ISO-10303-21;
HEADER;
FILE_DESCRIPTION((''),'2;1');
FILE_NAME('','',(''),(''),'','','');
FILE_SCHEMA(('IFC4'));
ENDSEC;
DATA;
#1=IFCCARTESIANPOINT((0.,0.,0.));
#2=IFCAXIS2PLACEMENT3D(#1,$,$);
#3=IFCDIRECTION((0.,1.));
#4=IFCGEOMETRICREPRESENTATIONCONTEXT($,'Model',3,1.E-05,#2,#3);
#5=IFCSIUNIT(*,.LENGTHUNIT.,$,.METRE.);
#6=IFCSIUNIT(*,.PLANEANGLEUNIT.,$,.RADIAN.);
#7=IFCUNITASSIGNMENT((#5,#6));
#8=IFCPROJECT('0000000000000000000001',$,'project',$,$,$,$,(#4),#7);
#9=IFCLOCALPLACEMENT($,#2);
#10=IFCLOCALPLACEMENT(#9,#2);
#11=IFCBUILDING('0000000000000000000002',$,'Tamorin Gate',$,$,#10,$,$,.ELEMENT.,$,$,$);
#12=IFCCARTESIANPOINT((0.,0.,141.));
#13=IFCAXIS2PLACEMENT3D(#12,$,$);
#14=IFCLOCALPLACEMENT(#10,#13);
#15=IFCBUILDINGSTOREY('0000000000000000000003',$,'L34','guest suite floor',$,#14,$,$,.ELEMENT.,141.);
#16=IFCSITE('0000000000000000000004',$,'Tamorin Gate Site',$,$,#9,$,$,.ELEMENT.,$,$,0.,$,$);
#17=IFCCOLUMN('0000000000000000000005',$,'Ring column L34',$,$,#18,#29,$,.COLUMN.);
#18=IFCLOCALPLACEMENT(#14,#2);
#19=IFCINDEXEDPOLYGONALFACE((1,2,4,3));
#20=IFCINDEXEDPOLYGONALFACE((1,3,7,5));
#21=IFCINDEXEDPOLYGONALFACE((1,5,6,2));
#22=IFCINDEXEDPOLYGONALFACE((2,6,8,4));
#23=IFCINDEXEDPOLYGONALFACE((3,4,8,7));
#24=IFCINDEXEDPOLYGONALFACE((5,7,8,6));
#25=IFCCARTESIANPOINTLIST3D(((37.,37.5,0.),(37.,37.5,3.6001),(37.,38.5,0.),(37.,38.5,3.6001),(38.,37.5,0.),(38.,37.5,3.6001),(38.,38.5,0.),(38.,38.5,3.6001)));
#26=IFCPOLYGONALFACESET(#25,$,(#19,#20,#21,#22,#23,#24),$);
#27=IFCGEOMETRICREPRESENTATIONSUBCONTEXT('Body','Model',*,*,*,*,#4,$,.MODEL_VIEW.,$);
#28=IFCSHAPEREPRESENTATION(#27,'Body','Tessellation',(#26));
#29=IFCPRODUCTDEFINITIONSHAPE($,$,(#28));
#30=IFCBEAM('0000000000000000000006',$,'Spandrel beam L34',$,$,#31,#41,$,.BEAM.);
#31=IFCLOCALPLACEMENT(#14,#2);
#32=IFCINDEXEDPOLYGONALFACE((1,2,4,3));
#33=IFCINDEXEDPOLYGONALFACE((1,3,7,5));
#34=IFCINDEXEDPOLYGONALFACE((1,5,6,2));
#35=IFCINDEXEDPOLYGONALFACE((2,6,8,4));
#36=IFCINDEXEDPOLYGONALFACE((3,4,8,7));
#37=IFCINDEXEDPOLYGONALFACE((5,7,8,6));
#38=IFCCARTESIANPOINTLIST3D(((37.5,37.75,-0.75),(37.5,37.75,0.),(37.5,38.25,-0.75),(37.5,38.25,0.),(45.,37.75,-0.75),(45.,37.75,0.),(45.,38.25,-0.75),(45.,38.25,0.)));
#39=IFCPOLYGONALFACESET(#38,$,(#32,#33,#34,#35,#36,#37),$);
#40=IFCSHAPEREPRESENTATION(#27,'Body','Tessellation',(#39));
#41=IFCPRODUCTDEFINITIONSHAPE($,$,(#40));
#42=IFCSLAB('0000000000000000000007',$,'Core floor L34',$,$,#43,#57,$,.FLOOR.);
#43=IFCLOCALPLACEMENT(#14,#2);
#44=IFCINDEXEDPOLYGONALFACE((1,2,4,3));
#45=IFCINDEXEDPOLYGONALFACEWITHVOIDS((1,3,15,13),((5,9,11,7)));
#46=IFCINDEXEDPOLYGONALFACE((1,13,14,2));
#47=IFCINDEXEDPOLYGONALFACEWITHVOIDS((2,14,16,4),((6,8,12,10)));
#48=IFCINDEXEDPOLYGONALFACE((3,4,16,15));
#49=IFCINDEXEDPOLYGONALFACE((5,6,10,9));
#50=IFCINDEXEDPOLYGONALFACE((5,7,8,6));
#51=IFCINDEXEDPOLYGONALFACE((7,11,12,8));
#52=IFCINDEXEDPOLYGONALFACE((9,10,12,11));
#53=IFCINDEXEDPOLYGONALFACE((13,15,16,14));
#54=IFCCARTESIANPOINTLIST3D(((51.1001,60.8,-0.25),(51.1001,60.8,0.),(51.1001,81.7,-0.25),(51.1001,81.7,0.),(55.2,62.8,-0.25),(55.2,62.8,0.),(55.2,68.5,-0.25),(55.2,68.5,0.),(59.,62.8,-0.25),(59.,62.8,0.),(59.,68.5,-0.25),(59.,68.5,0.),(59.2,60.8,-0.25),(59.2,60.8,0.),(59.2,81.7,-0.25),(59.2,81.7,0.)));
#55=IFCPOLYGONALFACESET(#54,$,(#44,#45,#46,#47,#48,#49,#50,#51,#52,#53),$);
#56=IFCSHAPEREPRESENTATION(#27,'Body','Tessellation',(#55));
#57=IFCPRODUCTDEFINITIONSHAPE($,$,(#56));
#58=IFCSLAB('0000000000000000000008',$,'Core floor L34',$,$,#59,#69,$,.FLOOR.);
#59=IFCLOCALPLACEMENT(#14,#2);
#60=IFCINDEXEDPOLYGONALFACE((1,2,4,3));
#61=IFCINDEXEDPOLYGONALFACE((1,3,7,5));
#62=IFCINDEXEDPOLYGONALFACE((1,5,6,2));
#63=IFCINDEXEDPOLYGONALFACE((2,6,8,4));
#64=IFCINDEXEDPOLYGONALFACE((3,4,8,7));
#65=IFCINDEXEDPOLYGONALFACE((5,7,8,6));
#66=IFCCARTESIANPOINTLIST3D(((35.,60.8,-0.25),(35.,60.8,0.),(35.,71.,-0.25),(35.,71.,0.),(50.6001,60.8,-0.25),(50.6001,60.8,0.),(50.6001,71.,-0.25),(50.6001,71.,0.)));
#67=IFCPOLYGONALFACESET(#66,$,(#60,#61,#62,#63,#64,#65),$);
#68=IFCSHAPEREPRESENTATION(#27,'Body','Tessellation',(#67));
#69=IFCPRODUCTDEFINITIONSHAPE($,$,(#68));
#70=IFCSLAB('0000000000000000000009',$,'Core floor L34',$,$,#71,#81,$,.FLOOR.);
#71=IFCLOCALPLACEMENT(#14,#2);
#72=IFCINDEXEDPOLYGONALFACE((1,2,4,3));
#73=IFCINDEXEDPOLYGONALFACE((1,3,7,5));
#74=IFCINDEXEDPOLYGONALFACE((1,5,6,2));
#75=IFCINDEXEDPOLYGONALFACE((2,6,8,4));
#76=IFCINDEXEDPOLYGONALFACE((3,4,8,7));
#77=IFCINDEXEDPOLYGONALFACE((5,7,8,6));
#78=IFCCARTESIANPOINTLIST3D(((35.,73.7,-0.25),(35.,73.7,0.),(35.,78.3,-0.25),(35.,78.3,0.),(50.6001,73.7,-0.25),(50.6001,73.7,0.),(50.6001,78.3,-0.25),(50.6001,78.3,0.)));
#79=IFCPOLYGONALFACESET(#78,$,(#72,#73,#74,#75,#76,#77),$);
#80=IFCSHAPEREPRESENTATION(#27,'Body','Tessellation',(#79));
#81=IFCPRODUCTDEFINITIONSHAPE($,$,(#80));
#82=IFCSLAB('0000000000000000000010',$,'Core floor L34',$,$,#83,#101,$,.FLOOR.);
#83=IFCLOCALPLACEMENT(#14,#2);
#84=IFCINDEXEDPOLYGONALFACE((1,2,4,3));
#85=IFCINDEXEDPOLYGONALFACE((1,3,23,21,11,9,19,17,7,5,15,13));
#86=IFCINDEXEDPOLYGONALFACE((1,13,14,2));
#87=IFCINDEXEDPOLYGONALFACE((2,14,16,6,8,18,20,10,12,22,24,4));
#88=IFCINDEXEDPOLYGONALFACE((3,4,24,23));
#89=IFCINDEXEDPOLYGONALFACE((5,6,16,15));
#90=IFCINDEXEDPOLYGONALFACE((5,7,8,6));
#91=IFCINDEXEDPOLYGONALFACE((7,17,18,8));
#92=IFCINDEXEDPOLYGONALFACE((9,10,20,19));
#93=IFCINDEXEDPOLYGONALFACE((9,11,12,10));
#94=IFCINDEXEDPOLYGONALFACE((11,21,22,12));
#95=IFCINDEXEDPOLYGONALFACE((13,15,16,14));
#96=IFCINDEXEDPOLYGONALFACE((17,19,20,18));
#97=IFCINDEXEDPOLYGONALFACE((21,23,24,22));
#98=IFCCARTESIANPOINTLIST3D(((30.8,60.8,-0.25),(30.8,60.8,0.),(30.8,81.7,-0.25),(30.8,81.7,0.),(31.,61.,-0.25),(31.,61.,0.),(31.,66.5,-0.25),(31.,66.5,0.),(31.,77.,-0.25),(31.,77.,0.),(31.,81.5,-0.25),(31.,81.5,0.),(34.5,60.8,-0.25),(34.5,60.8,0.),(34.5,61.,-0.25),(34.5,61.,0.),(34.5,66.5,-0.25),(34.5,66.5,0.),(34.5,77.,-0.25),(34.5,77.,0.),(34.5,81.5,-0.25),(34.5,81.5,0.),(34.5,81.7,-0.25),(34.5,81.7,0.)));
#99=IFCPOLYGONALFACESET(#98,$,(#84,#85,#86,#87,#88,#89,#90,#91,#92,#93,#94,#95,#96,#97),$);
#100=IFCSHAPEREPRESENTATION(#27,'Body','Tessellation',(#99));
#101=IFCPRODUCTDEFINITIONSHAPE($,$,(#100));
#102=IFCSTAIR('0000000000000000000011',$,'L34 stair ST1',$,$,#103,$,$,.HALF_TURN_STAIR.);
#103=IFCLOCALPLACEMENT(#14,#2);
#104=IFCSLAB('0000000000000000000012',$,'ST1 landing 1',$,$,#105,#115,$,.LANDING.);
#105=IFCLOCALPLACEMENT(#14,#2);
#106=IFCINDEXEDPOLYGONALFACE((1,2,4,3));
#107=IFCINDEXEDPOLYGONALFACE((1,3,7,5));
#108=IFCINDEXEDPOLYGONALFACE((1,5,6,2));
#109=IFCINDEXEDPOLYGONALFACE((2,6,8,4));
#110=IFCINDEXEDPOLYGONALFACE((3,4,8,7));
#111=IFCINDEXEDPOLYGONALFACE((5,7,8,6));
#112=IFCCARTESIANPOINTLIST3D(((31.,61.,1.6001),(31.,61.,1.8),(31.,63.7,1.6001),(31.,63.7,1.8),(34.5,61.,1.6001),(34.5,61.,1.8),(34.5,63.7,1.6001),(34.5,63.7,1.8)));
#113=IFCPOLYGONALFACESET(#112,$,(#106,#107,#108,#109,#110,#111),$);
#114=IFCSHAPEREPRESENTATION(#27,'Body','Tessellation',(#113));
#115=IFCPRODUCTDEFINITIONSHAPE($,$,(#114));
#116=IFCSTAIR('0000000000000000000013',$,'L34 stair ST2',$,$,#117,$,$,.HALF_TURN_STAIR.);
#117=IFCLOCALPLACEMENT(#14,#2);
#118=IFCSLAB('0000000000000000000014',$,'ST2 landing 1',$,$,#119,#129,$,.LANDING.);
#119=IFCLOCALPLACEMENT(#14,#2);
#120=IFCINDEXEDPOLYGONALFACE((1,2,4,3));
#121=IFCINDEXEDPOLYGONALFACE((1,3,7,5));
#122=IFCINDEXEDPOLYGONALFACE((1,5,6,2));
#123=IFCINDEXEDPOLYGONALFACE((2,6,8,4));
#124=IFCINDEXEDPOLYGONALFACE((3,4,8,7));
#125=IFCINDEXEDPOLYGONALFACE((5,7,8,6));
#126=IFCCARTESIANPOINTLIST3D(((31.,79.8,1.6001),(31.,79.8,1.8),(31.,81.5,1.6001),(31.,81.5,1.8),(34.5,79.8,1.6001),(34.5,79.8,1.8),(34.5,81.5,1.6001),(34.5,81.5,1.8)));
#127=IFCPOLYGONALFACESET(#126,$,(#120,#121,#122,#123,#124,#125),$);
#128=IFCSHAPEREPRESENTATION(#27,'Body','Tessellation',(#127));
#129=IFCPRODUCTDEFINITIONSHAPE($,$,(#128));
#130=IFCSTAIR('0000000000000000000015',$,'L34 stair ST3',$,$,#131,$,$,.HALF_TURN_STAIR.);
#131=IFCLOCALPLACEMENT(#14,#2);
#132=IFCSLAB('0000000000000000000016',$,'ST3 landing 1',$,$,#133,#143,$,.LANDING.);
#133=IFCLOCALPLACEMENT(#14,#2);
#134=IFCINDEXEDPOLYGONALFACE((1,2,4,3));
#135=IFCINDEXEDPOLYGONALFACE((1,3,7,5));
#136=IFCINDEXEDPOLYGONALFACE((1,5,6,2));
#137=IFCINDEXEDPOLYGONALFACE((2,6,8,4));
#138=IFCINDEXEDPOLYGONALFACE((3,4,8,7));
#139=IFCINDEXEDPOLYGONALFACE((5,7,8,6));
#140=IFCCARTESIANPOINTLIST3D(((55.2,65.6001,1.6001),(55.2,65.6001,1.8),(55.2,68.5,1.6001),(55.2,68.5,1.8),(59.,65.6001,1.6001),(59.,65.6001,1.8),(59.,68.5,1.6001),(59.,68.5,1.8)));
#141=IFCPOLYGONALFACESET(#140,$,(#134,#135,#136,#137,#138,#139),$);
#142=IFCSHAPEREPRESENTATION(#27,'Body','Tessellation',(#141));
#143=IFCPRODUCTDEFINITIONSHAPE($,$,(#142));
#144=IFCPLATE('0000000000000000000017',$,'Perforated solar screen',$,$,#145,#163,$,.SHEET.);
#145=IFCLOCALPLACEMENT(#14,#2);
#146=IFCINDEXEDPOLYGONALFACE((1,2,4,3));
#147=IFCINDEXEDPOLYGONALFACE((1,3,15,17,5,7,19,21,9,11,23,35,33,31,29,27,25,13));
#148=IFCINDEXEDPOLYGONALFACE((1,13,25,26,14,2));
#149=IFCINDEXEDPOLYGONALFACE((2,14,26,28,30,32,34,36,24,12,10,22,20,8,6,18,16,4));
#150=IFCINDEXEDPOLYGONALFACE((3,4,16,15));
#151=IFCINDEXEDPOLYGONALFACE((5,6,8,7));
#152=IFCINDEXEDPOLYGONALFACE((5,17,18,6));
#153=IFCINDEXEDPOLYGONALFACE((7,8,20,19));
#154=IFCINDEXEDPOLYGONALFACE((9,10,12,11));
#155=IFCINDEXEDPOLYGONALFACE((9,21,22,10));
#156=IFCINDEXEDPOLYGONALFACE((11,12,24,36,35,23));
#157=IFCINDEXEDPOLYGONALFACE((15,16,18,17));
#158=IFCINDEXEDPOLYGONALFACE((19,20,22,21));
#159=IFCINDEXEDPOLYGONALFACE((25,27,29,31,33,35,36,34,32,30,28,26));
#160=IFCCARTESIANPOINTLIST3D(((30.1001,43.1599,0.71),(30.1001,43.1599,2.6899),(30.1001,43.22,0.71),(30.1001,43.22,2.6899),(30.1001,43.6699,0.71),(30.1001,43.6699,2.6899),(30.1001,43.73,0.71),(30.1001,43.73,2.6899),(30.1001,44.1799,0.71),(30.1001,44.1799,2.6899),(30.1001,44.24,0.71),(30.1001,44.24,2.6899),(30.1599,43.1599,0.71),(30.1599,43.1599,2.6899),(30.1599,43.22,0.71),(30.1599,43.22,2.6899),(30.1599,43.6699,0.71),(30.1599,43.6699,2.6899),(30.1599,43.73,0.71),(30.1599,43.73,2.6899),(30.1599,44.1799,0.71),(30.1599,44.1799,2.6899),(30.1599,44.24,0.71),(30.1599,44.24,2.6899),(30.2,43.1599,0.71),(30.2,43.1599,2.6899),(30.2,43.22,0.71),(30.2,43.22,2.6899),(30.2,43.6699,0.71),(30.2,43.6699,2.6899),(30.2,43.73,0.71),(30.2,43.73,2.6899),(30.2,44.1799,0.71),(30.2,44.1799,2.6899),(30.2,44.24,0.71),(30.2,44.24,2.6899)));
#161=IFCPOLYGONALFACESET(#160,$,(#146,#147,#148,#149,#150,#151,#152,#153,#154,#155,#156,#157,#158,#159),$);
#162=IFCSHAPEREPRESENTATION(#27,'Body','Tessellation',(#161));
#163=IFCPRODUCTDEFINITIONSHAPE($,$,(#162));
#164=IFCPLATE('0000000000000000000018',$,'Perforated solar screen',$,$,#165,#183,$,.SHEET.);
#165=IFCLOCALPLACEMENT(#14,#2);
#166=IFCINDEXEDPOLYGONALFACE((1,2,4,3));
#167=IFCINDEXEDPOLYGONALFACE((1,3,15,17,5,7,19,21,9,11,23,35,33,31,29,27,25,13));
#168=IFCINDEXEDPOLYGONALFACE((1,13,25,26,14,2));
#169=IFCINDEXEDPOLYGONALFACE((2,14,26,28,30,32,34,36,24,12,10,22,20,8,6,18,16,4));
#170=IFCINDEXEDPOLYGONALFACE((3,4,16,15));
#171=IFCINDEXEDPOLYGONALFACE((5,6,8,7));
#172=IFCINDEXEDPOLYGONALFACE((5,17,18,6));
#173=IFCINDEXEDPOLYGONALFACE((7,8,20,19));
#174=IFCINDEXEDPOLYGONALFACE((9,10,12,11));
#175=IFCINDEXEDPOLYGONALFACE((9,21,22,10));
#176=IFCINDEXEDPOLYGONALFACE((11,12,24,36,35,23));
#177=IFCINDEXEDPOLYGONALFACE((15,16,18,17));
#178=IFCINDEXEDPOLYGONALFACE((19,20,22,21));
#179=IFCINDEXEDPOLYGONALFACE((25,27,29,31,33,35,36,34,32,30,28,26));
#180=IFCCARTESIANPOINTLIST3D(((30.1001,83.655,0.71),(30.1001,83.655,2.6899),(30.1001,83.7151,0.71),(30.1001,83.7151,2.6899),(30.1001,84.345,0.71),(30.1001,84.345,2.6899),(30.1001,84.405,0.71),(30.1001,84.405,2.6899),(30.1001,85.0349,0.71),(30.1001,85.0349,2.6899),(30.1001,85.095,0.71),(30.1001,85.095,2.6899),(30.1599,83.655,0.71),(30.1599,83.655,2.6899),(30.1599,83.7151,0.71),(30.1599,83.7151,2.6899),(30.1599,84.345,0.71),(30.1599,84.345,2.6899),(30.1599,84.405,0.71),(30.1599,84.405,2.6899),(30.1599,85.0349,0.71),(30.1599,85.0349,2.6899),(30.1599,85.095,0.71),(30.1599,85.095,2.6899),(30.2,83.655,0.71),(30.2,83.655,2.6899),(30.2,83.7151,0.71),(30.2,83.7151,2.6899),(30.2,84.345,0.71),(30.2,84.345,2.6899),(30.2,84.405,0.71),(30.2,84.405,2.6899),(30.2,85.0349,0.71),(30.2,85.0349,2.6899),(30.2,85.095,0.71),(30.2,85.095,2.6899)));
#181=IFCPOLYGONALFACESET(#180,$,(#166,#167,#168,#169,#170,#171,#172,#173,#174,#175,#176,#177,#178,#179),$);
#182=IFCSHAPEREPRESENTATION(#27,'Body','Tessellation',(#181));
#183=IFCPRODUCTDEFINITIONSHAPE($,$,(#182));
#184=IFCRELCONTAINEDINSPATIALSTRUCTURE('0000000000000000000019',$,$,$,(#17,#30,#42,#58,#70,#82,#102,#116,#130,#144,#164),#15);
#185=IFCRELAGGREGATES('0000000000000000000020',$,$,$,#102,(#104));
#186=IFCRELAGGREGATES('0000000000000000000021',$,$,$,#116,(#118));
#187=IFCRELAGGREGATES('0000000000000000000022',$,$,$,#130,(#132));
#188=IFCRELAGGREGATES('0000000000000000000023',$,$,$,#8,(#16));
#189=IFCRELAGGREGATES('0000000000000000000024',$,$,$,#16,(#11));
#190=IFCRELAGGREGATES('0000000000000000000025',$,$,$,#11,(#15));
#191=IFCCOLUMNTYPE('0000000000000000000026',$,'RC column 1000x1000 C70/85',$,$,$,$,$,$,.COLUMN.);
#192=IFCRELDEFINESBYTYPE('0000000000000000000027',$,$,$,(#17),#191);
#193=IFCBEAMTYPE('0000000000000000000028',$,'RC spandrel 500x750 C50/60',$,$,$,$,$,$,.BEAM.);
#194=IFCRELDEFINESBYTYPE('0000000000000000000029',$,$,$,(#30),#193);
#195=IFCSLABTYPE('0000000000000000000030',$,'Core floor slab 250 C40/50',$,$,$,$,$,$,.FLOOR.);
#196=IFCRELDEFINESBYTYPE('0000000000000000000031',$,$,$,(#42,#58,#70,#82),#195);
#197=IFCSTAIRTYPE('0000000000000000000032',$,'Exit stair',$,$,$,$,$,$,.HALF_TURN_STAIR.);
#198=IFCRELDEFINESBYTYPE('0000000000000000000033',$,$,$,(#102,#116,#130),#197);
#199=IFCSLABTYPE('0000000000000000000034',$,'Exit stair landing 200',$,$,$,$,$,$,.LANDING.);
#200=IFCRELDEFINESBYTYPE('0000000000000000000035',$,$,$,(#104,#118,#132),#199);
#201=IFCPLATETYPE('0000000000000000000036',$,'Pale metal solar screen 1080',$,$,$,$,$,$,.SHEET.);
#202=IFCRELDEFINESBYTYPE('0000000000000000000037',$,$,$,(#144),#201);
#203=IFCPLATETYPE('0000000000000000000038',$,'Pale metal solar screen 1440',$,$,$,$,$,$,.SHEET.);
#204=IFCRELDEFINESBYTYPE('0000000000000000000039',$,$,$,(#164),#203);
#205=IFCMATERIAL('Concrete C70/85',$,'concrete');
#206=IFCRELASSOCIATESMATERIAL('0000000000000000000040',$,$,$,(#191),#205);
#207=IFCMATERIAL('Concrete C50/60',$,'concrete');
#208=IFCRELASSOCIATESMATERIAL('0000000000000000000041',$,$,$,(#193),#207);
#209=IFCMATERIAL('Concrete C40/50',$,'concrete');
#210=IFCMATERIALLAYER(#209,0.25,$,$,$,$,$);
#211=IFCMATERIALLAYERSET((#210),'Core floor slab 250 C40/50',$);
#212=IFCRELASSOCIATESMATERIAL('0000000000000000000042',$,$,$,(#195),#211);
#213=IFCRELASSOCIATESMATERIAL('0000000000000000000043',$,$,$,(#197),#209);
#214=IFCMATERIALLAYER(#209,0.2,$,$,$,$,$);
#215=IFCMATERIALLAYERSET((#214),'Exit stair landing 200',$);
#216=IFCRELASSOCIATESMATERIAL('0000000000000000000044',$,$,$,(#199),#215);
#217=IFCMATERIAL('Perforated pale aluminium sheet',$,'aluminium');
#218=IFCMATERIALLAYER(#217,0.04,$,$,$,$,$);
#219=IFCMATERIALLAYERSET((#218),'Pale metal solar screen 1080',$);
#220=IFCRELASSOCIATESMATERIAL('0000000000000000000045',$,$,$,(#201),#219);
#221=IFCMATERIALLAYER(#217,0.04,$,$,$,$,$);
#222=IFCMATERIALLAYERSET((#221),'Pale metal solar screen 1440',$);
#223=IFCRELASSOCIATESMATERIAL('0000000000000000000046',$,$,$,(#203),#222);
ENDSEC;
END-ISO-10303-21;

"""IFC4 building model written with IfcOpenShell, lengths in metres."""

from ifc_helpers import new_model, si_unit, direction, frame, origin, origin_2d, place, context, subcontext, project, spatial, polyline, rectangle, outline, extrude, material, layer, layer_set, material_profile, profile_set, type_object, element, aggregate, save


model = new_model("IFC4")

# Units and contexts
model_context = context("Model", 3, precision=1e-05, world=origin(), true_north=direction((0.0, 1.0)))
body_context = subcontext(model_context, "Body", "Model", "MODEL_VIEW")
ifc_project = project(units=[si_unit("LENGTHUNIT", "METRE"), si_unit("PLANEANGLEUNIT", "RADIAN")], contexts=[model_context])

# Site, building, storey
site_placement = place(None, origin())
site = spatial("IfcSite", under=ifc_project, at=site_placement, Name="Tamorin Gate Site", CompositionType="ELEMENT", RefElevation=0.0)
building_placement = place(site_placement, origin())
building = spatial("IfcBuilding", under=site, at=building_placement, Name="Tamorin Gate", CompositionType="ELEMENT")
storey_placement = place(building_placement, frame((0.0, 0.0, 141.0)))
storey = spatial("IfcBuildingStorey", under=building, at=storey_placement, Name="L34", Description="guest suite floor", CompositionType="ELEMENT", Elevation=141.0)

# Column
ifc_material_1 = material(Name="Concrete C70/85", Category="concrete")
ifc_material_profile_1 = material_profile(ifc_material_1, rectangle(XDim=1.0, YDim=1.0, at=origin_2d()), Name="RC 1000x1000")
ifc_profile_set_1 = profile_set([ifc_material_profile_1], Name="Concrete C70/85")
column_type = type_object("IfcColumnType", Name="RC column 1000x1000 C70/85", PredefinedType="COLUMN", material=ifc_profile_set_1)
column_placement = place(storey_placement, frame((37.5, 38.0, 0.0), z_axis=(0.0, 0.0, 1.0), x_axis=(1.0, 0.0, 0.0)))
element("IfcColumn", 1, at=column_placement, inside=storey, type_object=column_type, Name="Ring column L34", PredefinedType="COLUMN", context=body_context, shape_type="SweptSolid", body=[
    extrude(rectangle(XDim=1.0, YDim=1.0, at=origin_2d()), origin(), (0.0, 0.0, 1.0), 3.6001),
])

# Beam
ifc_material_2 = material(Name="Concrete C50/60", Category="concrete")
ifc_material_profile_2 = material_profile(ifc_material_2, rectangle(XDim=0.5, YDim=0.75, at=origin_2d()), Name="RC 500x750")
ifc_profile_set_2 = profile_set([ifc_material_profile_2], Name="Concrete C50/60")
beam_type = type_object("IfcBeamType", Name="RC spandrel 500x750 C50/60", PredefinedType="BEAM", material=ifc_profile_set_2)
beam_placement = place(storey_placement, frame((37.5, 38.0, -0.375), z_axis=(1.0, 0.0, 0.0), x_axis=(0.0, 1.0, 0.0)))
element("IfcBeam", 2, at=beam_placement, inside=storey, type_object=beam_type, Name="Spandrel beam L34", PredefinedType="BEAM", context=body_context, shape_type="SweptSolid", body=[
    extrude(rectangle(XDim=0.5, YDim=0.75, at=origin_2d()), origin(), (0.0, 0.0, 1.0), 7.5),
])

# Slabs
ifc_material_3 = material(Name="Concrete C40/50", Category="concrete")
ifc_layer_1 = layer(ifc_material_3, 0.25)
ifc_layer_set_1 = layer_set([ifc_layer_1], Name="Core floor slab 250 C40/50")
slab_type_1 = type_object("IfcSlabType", Name="Core floor slab 250 C40/50", PredefinedType="FLOOR", material=ifc_layer_set_1)
slab_1_placement = place(storey_placement, frame((0.0, 0.0, -0.25)))
element("IfcSlab", 3, at=slab_1_placement, inside=storey, type_object=slab_type_1, Name="Core floor L34", PredefinedType="FLOOR", context=body_context, shape_type="SweptSolid", body=[
    extrude(outline(polyline([(51.1001, 81.7), (59.2, 81.7), (59.2, 60.8), (51.1001, 60.8), (51.1001, 81.7)]), holes=[polyline([(55.2, 62.8), (59.0, 62.8), (59.0, 68.5), (55.2, 68.5), (55.2, 62.8)])]), origin(), (0.0, 0.0, 1.0), 0.25),
])
slab_2_placement = place(storey_placement, frame((0.0, 0.0, -0.25)))
element("IfcSlab", 4, at=slab_2_placement, inside=storey, type_object=slab_type_1, Name="Core floor L34", PredefinedType="FLOOR", context=body_context, shape_type="SweptSolid", body=[
    extrude(outline(polyline([(50.6001, 71.0), (50.6001, 60.8), (35.0, 60.8), (35.0, 71.0), (50.6001, 71.0)])), origin(), (0.0, 0.0, 1.0), 0.25),
])
slab_3_placement = place(storey_placement, frame((0.0, 0.0, -0.25)))
element("IfcSlab", 5, at=slab_3_placement, inside=storey, type_object=slab_type_1, Name="Core floor L34", PredefinedType="FLOOR", context=body_context, shape_type="SweptSolid", body=[
    extrude(outline(polyline([(50.6001, 73.7), (35.0, 73.7), (35.0, 78.3), (50.6001, 78.3), (50.6001, 73.7)])), origin(), (0.0, 0.0, 1.0), 0.25),
])
slab_4_placement = place(storey_placement, frame((0.0, 0.0, -0.25)))
element("IfcSlab", 6, at=slab_4_placement, inside=storey, type_object=slab_type_1, Name="Core floor L34", PredefinedType="FLOOR", context=body_context, shape_type="SweptSolid", body=[
    extrude(outline(polyline([(34.5, 60.8), (30.8, 60.8), (30.8, 81.7), (34.5, 81.7), (34.5, 81.5), (31.0, 81.5), (31.0, 77.0), (34.5, 77.0), (34.5, 66.5), (31.0, 66.5), (31.0, 61.0), (34.5, 61.0), (34.5, 60.8)])), origin(), (0.0, 0.0, 1.0), 0.25),
])

# Stairs, slabs
stair_type = type_object("IfcStairType", Name="Exit stair", PredefinedType="HALF_TURN_STAIR", material=ifc_material_3)
stair_1_placement = place(storey_placement, origin())
stair_1 = element("IfcStair", 7, at=stair_1_placement, inside=storey, type_object=stair_type, Name="L34 stair ST1", PredefinedType="HALF_TURN_STAIR")
ifc_layer_2 = layer(ifc_material_3, 0.2)
ifc_layer_set_2 = layer_set([ifc_layer_2], Name="Exit stair landing 200")
slab_type_2 = type_object("IfcSlabType", Name="Exit stair landing 200", PredefinedType="LANDING", material=ifc_layer_set_2)
slab_5_placement = place(storey_placement, frame((0.0, 0.0, 1.6001)))
slab_5 = element("IfcSlab", 8, at=slab_5_placement, type_object=slab_type_2, Name="ST1 landing 1", PredefinedType="LANDING", context=body_context, shape_type="SweptSolid", body=[
    extrude(outline(polyline([(31.0, 63.7), (31.0, 61.0), (34.5, 61.0), (34.5, 63.7), (31.0, 63.7)])), origin(), (0.0, 0.0, 1.0), 0.2),
])
aggregate(stair_1, [slab_5])
stair_2_placement = place(storey_placement, origin())
stair_2 = element("IfcStair", 9, at=stair_2_placement, inside=storey, type_object=stair_type, Name="L34 stair ST2", PredefinedType="HALF_TURN_STAIR")
slab_6_placement = place(storey_placement, frame((0.0, 0.0, 1.6001)))
slab_6 = element("IfcSlab", 10, at=slab_6_placement, type_object=slab_type_2, Name="ST2 landing 1", PredefinedType="LANDING", context=body_context, shape_type="SweptSolid", body=[
    extrude(outline(polyline([(34.5, 79.8), (34.5, 81.5), (31.0, 81.5), (31.0, 79.8), (34.5, 79.8)])), origin(), (0.0, 0.0, 1.0), 0.2),
])
aggregate(stair_2, [slab_6])
stair_3_placement = place(storey_placement, origin())
stair_3 = element("IfcStair", 11, at=stair_3_placement, inside=storey, type_object=stair_type, Name="L34 stair ST3", PredefinedType="HALF_TURN_STAIR")
slab_7_placement = place(storey_placement, frame((0.0, 0.0, 1.6001)))
slab_7 = element("IfcSlab", 12, at=slab_7_placement, type_object=slab_type_2, Name="ST3 landing 1", PredefinedType="LANDING", context=body_context, shape_type="SweptSolid", body=[
    extrude(outline(polyline([(59.0, 65.6001), (59.0, 68.5), (55.2, 68.5), (55.2, 65.6001), (59.0, 65.6001)])), origin(), (0.0, 0.0, 1.0), 0.2),
])
aggregate(stair_3, [slab_7])

# Plates
ifc_material_4 = material(Name="Perforated pale aluminium sheet", Category="aluminium")
ifc_layer_3 = layer(ifc_material_4, 0.04)
ifc_layer_set_3 = layer_set([ifc_layer_3], Name="Pale metal solar screen 1080")
plate_type_1 = type_object("IfcPlateType", Name="Pale metal solar screen 1080", PredefinedType="SHEET", material=ifc_layer_set_3)
plate_1_placement = place(storey_placement, frame((0.0, 0.0, 0.71)))
element("IfcPlate", 13, at=plate_1_placement, inside=storey, type_object=plate_type_1, Name="Perforated solar screen", PredefinedType="SHEET", context=body_context, shape_type="SweptSolid", body=[
    extrude(outline(polyline([(30.1599, 44.24), (30.2, 44.24), (30.2, 44.1799), (30.2, 43.73), (30.2, 43.6699), (30.2, 43.22), (30.2, 43.1599), (30.1599, 43.1599), (30.1001, 43.1599), (30.1001, 43.22), (30.1599, 43.22), (30.1599, 43.6699), (30.1001, 43.6699), (30.1001, 43.73), (30.1599, 43.73), (30.1599, 44.1799), (30.1001, 44.1799), (30.1001, 44.24), (30.1599, 44.24)])), origin(), (0.0, 0.0, 1.0), 1.98),
])
ifc_layer_4 = layer(ifc_material_4, 0.04)
ifc_layer_set_4 = layer_set([ifc_layer_4], Name="Pale metal solar screen 1440")
plate_type_2 = type_object("IfcPlateType", Name="Pale metal solar screen 1440", PredefinedType="SHEET", material=ifc_layer_set_4)
plate_2_placement = place(storey_placement, frame((0.0, 0.0, 0.71)))
element("IfcPlate", 14, at=plate_2_placement, inside=storey, type_object=plate_type_2, Name="Perforated solar screen", PredefinedType="SHEET", context=body_context, shape_type="SweptSolid", body=[
    extrude(outline(polyline([(30.1599, 85.095), (30.2, 85.095), (30.2, 85.0349), (30.2, 84.405), (30.2, 84.345), (30.2, 83.7151), (30.2, 83.655), (30.1599, 83.655), (30.1001, 83.655), (30.1001, 83.7151), (30.1599, 83.7151), (30.1599, 84.345), (30.1001, 84.345), (30.1001, 84.405), (30.1599, 84.405), (30.1599, 85.0349), (30.1001, 85.0349), (30.1001, 85.095), (30.1599, 85.095)])), origin(), (0.0, 0.0, 1.0), 1.98),
])

save(model, "model.ifc")
